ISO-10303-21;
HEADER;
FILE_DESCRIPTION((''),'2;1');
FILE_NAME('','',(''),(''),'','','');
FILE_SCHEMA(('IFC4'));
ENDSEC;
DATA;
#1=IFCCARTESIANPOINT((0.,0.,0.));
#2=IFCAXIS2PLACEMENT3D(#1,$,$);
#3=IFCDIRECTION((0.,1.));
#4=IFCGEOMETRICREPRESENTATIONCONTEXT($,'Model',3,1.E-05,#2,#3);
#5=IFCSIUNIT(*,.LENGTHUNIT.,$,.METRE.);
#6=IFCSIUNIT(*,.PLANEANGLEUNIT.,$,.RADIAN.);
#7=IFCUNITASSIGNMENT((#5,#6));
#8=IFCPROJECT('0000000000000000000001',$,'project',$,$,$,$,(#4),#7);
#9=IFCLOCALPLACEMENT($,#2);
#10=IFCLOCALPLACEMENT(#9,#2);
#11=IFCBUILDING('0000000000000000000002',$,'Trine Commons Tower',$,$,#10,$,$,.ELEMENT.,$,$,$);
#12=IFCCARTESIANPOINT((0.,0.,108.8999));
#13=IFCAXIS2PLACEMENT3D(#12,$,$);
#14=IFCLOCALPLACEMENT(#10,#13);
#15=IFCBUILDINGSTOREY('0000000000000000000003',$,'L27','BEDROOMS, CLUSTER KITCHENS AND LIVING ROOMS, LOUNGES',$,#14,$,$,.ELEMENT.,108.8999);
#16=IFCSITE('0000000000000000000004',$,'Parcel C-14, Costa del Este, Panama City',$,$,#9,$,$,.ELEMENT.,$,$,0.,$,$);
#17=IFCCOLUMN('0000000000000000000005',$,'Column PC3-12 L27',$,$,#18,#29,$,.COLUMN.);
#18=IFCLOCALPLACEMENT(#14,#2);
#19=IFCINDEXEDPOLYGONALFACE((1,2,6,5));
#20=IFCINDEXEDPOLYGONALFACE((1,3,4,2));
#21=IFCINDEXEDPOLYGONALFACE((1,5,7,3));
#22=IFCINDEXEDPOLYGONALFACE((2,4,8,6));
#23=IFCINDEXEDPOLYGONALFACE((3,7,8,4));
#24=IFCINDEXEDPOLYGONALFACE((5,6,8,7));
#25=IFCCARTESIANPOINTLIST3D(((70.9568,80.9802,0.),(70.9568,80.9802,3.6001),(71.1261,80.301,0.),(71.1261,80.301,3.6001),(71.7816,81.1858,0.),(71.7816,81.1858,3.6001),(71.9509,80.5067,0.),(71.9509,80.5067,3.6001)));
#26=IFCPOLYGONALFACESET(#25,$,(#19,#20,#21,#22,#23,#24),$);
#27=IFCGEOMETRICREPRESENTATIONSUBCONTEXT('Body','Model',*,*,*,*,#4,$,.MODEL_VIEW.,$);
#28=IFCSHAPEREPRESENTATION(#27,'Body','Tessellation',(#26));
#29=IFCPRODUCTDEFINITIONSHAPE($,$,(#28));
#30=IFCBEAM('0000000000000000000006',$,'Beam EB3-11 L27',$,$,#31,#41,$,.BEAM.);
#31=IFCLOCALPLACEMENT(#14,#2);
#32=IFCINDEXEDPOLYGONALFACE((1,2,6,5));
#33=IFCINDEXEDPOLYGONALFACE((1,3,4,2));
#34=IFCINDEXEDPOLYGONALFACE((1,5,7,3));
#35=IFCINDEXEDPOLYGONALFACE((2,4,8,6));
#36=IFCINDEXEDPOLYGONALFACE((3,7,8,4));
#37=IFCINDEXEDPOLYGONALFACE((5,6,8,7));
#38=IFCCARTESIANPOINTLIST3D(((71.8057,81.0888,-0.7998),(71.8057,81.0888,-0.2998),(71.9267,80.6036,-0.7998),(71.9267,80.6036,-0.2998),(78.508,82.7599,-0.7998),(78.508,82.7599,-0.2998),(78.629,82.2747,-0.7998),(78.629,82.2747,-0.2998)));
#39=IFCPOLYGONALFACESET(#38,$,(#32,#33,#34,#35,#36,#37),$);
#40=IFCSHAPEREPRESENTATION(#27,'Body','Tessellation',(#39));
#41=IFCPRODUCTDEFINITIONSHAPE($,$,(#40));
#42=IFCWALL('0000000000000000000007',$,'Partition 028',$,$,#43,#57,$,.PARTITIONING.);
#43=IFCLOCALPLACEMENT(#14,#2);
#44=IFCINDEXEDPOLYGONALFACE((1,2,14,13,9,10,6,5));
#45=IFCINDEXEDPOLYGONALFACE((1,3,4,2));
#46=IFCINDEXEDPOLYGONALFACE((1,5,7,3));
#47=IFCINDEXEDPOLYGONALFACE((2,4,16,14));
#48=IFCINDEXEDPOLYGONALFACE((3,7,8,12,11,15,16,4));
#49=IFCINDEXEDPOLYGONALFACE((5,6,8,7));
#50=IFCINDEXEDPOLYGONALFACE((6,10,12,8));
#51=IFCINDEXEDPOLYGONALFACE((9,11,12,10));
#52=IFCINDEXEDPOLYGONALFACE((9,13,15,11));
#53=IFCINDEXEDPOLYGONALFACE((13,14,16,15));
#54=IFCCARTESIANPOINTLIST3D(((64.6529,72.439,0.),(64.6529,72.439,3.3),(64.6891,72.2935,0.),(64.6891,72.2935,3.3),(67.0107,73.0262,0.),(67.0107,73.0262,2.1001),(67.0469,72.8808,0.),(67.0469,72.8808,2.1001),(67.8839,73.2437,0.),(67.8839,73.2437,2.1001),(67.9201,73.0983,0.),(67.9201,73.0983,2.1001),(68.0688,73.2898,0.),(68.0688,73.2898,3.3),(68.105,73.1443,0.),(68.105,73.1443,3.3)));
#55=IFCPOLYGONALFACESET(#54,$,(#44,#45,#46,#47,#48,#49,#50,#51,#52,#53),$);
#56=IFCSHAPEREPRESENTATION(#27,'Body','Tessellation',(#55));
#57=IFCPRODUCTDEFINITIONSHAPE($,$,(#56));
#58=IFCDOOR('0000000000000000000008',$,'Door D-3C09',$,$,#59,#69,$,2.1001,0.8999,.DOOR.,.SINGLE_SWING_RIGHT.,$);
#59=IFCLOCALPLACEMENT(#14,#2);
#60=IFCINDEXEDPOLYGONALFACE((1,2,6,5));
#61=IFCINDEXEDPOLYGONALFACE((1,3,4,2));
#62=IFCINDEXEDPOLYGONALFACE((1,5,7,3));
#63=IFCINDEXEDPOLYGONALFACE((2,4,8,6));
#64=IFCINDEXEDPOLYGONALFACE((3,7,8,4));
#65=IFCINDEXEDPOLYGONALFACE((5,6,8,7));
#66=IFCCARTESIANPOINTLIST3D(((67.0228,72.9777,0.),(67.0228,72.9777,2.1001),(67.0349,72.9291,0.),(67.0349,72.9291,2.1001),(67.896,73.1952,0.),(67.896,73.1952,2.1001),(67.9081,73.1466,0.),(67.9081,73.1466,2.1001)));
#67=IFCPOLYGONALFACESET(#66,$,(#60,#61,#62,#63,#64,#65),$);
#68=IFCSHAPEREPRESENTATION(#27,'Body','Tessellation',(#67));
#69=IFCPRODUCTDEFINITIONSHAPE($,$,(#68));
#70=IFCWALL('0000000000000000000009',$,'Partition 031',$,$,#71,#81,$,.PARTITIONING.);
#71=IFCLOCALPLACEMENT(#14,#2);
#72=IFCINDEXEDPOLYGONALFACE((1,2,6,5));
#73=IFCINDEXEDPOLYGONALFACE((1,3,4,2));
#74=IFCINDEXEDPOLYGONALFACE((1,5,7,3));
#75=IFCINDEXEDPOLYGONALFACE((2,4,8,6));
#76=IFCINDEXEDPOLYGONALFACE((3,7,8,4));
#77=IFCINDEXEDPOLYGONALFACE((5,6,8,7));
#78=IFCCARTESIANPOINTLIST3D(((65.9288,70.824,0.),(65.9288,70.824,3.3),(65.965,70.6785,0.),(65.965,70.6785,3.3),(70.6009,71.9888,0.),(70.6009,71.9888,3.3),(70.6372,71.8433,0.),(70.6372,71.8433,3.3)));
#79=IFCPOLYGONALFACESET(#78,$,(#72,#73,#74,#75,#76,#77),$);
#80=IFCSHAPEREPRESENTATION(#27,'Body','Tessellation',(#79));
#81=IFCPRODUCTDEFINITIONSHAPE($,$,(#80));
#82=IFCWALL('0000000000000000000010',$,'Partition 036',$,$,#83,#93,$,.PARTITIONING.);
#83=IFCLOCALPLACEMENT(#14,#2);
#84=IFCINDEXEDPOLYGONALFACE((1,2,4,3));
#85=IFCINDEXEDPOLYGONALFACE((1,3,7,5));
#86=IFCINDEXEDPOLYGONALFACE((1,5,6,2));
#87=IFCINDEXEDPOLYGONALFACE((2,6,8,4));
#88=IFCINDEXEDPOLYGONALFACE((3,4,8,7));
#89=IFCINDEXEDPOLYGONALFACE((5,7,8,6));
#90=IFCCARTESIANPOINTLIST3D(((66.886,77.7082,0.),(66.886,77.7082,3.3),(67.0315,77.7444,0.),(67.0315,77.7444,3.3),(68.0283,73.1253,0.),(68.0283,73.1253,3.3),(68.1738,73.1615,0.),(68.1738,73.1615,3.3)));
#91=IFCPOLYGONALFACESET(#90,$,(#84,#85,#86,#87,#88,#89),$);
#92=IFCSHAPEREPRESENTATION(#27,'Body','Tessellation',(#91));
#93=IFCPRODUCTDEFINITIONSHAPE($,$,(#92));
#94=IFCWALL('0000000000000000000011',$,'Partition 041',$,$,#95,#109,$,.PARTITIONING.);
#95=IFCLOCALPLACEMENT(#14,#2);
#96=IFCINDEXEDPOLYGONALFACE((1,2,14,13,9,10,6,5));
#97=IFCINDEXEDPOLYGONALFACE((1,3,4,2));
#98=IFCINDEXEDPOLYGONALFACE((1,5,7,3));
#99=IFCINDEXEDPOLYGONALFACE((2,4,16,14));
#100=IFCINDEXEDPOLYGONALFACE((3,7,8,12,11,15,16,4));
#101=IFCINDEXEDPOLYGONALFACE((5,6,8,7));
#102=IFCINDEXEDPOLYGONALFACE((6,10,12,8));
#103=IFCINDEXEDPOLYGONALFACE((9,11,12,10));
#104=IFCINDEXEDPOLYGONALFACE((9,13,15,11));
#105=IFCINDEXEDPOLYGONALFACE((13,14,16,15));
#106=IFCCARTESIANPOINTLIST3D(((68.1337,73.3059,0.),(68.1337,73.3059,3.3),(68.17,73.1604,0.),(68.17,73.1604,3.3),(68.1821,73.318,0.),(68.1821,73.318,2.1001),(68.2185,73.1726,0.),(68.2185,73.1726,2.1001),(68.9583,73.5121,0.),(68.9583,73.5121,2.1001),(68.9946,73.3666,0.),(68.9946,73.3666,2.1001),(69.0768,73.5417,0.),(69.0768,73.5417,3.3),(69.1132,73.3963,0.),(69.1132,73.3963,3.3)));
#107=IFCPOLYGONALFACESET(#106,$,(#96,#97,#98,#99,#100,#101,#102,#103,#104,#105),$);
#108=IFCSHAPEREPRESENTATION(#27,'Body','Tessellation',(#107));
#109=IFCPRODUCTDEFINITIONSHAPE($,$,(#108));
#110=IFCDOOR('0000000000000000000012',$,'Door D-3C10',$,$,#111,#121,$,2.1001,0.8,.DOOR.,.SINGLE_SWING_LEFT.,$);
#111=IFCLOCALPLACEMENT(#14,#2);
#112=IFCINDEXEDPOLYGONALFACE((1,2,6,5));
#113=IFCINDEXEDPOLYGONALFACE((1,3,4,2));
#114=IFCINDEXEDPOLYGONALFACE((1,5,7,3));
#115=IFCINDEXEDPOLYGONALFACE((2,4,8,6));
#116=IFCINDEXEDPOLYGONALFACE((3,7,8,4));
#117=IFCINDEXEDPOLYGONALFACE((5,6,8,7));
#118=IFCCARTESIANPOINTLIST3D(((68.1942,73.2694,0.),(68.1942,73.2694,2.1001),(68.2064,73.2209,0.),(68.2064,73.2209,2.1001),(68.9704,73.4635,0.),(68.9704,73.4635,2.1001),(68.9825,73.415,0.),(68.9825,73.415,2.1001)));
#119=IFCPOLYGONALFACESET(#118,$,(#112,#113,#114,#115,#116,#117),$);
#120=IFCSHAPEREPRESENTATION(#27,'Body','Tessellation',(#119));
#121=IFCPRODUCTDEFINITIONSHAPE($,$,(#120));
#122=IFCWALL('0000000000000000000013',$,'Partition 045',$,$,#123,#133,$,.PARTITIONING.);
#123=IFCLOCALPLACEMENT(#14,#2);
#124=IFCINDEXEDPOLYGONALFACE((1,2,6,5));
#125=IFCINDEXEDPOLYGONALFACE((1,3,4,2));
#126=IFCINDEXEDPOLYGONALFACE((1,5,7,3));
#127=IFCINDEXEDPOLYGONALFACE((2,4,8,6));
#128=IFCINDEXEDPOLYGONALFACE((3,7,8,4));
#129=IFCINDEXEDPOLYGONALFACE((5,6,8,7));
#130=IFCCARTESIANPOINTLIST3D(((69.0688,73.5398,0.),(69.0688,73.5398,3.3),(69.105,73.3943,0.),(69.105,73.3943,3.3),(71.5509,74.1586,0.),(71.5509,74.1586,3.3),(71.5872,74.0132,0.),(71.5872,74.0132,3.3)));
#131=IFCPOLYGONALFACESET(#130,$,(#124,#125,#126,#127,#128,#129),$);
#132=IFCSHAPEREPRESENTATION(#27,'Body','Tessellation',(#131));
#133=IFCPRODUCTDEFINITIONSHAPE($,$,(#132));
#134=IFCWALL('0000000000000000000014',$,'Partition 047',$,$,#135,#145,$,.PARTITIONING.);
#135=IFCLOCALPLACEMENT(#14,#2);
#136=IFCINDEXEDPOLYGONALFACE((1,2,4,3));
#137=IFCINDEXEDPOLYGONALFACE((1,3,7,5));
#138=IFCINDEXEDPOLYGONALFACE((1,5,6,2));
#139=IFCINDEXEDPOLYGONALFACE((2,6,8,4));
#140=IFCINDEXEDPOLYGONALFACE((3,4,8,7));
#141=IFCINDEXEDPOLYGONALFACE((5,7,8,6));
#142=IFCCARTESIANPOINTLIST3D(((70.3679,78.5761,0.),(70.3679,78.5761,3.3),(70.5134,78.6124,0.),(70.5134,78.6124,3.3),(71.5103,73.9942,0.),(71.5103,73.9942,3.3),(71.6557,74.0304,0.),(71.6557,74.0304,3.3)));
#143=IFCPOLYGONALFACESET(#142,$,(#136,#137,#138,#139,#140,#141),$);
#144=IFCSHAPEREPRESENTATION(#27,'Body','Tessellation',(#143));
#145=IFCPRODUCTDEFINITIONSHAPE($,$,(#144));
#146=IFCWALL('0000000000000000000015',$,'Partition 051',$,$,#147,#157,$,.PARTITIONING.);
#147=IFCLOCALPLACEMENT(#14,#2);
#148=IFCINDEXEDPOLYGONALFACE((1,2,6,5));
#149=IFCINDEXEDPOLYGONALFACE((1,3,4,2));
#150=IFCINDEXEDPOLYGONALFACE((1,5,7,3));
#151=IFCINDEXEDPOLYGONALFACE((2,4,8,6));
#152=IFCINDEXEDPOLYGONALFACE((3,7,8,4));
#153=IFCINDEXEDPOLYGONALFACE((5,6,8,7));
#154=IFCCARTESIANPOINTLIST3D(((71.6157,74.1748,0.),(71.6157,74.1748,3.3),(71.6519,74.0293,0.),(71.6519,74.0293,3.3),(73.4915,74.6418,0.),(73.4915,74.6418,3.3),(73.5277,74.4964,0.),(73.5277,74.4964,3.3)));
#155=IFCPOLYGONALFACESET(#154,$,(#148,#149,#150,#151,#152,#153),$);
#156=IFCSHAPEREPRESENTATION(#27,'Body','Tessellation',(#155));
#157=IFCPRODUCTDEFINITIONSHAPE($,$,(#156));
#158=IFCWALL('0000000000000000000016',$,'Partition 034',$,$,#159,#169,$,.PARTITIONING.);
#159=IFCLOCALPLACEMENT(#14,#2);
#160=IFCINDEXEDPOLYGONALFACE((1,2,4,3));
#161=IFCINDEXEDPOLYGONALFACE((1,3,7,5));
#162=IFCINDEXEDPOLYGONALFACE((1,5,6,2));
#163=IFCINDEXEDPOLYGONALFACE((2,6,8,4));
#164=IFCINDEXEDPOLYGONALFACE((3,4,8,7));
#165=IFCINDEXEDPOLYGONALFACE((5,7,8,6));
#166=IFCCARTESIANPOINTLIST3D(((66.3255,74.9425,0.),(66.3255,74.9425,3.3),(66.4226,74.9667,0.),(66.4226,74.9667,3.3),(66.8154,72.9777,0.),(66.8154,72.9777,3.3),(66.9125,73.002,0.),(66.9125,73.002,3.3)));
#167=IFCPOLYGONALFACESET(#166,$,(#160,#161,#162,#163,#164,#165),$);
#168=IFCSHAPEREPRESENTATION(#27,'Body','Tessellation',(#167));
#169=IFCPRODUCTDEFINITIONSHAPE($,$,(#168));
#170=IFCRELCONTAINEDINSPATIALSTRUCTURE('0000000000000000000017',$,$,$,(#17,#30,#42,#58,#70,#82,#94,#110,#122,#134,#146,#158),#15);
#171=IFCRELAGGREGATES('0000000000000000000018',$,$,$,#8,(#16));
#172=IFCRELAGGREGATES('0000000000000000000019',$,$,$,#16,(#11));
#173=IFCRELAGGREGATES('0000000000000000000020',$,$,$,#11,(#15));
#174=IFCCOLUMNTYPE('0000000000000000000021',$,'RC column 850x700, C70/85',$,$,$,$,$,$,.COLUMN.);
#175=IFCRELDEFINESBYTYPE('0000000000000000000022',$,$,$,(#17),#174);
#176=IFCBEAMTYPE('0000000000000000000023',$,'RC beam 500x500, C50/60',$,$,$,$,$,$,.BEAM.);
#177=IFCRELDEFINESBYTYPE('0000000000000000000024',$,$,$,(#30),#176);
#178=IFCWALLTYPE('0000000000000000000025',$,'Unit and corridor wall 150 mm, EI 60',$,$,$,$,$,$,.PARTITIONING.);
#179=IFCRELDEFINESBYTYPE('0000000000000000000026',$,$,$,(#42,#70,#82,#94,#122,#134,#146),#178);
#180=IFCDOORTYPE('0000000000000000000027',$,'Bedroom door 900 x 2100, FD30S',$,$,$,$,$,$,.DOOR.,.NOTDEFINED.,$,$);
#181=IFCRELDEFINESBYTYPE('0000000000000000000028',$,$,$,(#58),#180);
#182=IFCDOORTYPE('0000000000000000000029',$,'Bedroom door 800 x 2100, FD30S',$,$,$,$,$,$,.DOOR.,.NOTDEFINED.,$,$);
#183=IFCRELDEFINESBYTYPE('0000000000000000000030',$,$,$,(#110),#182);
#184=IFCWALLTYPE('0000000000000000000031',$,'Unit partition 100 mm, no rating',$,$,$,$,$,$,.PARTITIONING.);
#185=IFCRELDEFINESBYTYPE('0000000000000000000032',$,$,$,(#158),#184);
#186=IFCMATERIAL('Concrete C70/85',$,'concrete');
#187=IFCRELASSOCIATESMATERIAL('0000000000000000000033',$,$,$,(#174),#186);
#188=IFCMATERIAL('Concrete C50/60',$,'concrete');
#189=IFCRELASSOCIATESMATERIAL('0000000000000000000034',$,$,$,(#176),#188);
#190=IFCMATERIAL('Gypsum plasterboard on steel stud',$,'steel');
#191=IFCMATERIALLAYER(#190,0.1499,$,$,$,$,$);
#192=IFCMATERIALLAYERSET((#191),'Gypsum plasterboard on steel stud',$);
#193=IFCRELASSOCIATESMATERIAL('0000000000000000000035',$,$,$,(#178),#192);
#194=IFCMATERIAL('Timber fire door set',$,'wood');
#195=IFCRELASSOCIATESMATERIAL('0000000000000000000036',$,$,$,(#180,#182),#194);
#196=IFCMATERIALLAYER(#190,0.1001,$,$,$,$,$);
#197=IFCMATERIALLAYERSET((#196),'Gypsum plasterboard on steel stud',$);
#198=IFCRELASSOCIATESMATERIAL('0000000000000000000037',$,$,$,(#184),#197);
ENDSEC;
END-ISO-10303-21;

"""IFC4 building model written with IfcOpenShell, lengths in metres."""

from ifc_helpers import new_model, si_unit, direction, frame, frame_2d, origin, origin_2d, place, context, subcontext, project, spatial, rectangle, extrude, material, layer, layer_set, material_profile, profile_set, type_object, element, fill, save


model = new_model("IFC4")

# Units and contexts
model_context = context("Model", 3, precision=1e-05, world=origin(), true_north=direction((0.0, 1.0)))
body_context = subcontext(model_context, "Body", "Model", "MODEL_VIEW")
ifc_project = project(units=[si_unit("LENGTHUNIT", "METRE"), si_unit("PLANEANGLEUNIT", "RADIAN")], contexts=[model_context])

# Site, building, storey
site_placement = place(None, origin())
site = spatial("IfcSite", under=ifc_project, at=site_placement, Name="Parcel C-14, Costa del Este, Panama City", CompositionType="ELEMENT", RefElevation=0.0)
building_placement = place(site_placement, origin())
building = spatial("IfcBuilding", under=site, at=building_placement, Name="Trine Commons Tower", CompositionType="ELEMENT")
storey_placement = place(building_placement, frame((0.0, 0.0, 108.8999)))
storey = spatial("IfcBuildingStorey", under=building, at=storey_placement, Name="L27", Description="BEDROOMS, CLUSTER KITCHENS AND LIVING ROOMS, LOUNGES", CompositionType="ELEMENT", Elevation=108.8999)

# Column
ifc_material_1 = material(Name="Concrete C70/85", Category="concrete")
ifc_material_profile_1 = material_profile(ifc_material_1, rectangle(XDim=0.8501, YDim=0.7, at=origin_2d()), Name="RC 850x700")
ifc_profile_set_1 = profile_set([ifc_material_profile_1], Name="Concrete C70/85")
column_type = type_object("IfcColumnType", Name="RC column 850x700, C70/85", PredefinedType="COLUMN", material=ifc_profile_set_1)
column_placement = place(storey_placement, frame((71.4539, 80.7434, 0.0), z_axis=(0.0, 0.0, 1.0), x_axis=(0.970296, 0.241922, 0.0)))
element("IfcColumn", 1, at=column_placement, inside=storey, type_object=column_type, Name="Column PC3-12 L27", PredefinedType="COLUMN", context=body_context, shape_type="SweptSolid", body=[
    extrude(rectangle(XDim=0.8501, YDim=0.7, at=origin_2d()), origin(), (0.0, 0.0, 1.0), 3.6001),
])

# Beam
ifc_material_2 = material(Name="Concrete C50/60", Category="concrete")
ifc_material_profile_2 = material_profile(ifc_material_2, rectangle(XDim=0.5, YDim=0.5, at=origin_2d()), Name="RC 500x500")
ifc_profile_set_2 = profile_set([ifc_material_profile_2], Name="Concrete C50/60")
beam_type = type_object("IfcBeamType", Name="RC beam 500x500, C50/60", PredefinedType="BEAM", material=ifc_profile_set_2)
beam_placement = place(storey_placement, frame((71.8662, 80.8462, -0.5498), z_axis=(0.970294, 0.241928, 0.0), x_axis=(-0.241928, 0.970294, 0.0)))
element("IfcBeam", 2, at=beam_placement, inside=storey, type_object=beam_type, Name="Beam EB3-11 L27", PredefinedType="BEAM", context=body_context, shape_type="SweptSolid", body=[
    extrude(rectangle(XDim=0.5, YDim=0.5, at=origin_2d()), origin(), (0.0, 0.0, 1.0), 6.9075),
])

# Wall, opening, door
ifc_material_3 = material(Name="Gypsum plasterboard on steel stud", Category="steel")
ifc_layer_1 = layer(ifc_material_3, 0.1499)
ifc_layer_set_1 = layer_set([ifc_layer_1], Name="Gypsum plasterboard on steel stud")
wall_type_1 = type_object("IfcWallType", Name="Unit and corridor wall 150 mm, EI 60", PredefinedType="PARTITIONING", material=ifc_layer_set_1)
wall_1_placement = place(storey_placement, frame((64.6709, 72.3662, 0.0), z_axis=(0.0, 0.0, 1.0), x_axis=(0.970354, 0.241687, 0.0)))
wall_1 = element("IfcWall", 3, at=wall_1_placement, inside=storey, type_object=wall_type_1, Name="Partition 028", PredefinedType="PARTITIONING", context=body_context, shape_type="SweptSolid", body=[
    extrude(rectangle(XDim=3.5203, YDim=0.1499, at=frame_2d((1.7603, 0.0))), origin(), (0.0, 0.0, 1.0), 3.3),
])
opening_1_placement = place(wall_1_placement, frame((2.4299, 0.0, 0.0)))
opening_1 = element("IfcOpeningElement", 4, at=opening_1_placement, cuts=wall_1, PredefinedType="OPENING", context=body_context, shape_type="SweptSolid", body=[
    extrude(rectangle(XDim=0.8999, YDim=2.1001, at=frame_2d((0.45, 1.05))), frame((0.0, 0.085, 0.0), z_axis=(0.0, -1.0, 0.0), x_axis=(1.0, 0.0, 0.0)), (0.0, 0.0, 1.0), 0.1699),
])
ifc_material_4 = material(Name="Timber fire door set", Category="wood")
door_type_1 = type_object("IfcDoorType", Name="Bedroom door 900 x 2100, FD30S", OperationType="NOTDEFINED", PredefinedType="DOOR", material=ifc_material_4)
door_1_placement = place(opening_1_placement, origin())
door_1 = element("IfcDoor", 5, at=door_1_placement, inside=storey, type_object=door_type_1, Name="Door D-3C09", OperationType="SINGLE_SWING_RIGHT", OverallHeight=2.1001, OverallWidth=0.8999, PredefinedType="DOOR", context=body_context, shape_type="SweptSolid", body=[
    extrude(rectangle(XDim=0.8999, YDim=2.1001, at=frame_2d((0.45, 1.05))), frame((0.0, 0.0249, 0.0), z_axis=(0.0, -1.0, 0.0), x_axis=(1.0, 0.0, 0.0)), (0.0, 0.0, 1.0), 0.05),
])
fill(opening_1, door_1)

# Walls
wall_2_placement = place(storey_placement, frame((65.9468, 70.7512, 0.0), z_axis=(0.0, 0.0, 1.0), x_axis=(0.9703, 0.241903, 0.0)))
element("IfcWall", 6, at=wall_2_placement, inside=storey, type_object=wall_type_1, Name="Partition 031", PredefinedType="PARTITIONING", context=body_context, shape_type="SweptSolid", body=[
    extrude(rectangle(XDim=4.8152, YDim=0.1499, at=frame_2d((2.4077, 0.0))), origin(), (0.0, 0.0, 1.0), 3.3),
])
wall_3_placement = place(storey_placement, frame((66.9587, 77.7263, 0.0), z_axis=(0.0, 0.0, 1.0), x_axis=(0.241854, -0.970313, 0.0)))
element("IfcWall", 7, at=wall_3_placement, inside=storey, type_object=wall_type_1, Name="Partition 036", PredefinedType="PARTITIONING", context=body_context, shape_type="SweptSolid", body=[
    extrude(rectangle(XDim=4.7231, YDim=0.1499, at=frame_2d((2.3616, 0.0))), origin(), (0.0, 0.0, 1.0), 3.3),
])

# Wall, opening, door
wall_4_placement = place(storey_placement, frame((68.1519, 73.2332, 0.0), z_axis=(0.0, 0.0, 1.0), x_axis=(0.970128, 0.242595, 0.0)))
wall_4 = element("IfcWall", 8, at=wall_4_placement, inside=storey, type_object=wall_type_1, Name="Partition 041", PredefinedType="PARTITIONING", context=body_context, shape_type="SweptSolid", body=[
    extrude(rectangle(XDim=0.9722, YDim=0.1499, at=frame_2d((0.4861, 0.0))), origin(), (0.0, 0.0, 1.0), 3.3),
])
opening_2_placement = place(wall_4_placement, frame((0.05, 0.0, 0.0)))
opening_2 = element("IfcOpeningElement", 9, at=opening_2_placement, cuts=wall_4, PredefinedType="OPENING", context=body_context, shape_type="SweptSolid", body=[
    extrude(rectangle(XDim=0.8, YDim=2.1001, at=frame_2d((0.3999, 1.05))), frame((0.0, 0.085, 0.0), z_axis=(0.0, -1.0, 0.0), x_axis=(1.0, 0.0, 0.0)), (0.0, 0.0, 1.0), 0.1699),
])
door_type_2 = type_object("IfcDoorType", Name="Bedroom door 800 x 2100, FD30S", OperationType="NOTDEFINED", PredefinedType="DOOR", material=ifc_material_4)
door_2_placement = place(opening_2_placement, origin())
door_2 = element("IfcDoor", 10, at=door_2_placement, inside=storey, type_object=door_type_2, Name="Door D-3C10", OperationType="SINGLE_SWING_LEFT", OverallHeight=2.1001, OverallWidth=0.8, PredefinedType="DOOR", context=body_context, shape_type="SweptSolid", body=[
    extrude(rectangle(XDim=0.8, YDim=2.1001, at=frame_2d((0.3999, 1.05))), frame((0.0, 0.0249, 0.0), z_axis=(0.0, -1.0, 0.0), x_axis=(1.0, 0.0, 0.0)), (0.0, 0.0, 1.0), 0.05),
])
fill(opening_2, door_2)

# Walls
wall_5_placement = place(storey_placement, frame((69.0869, 73.467, 0.0), z_axis=(0.0, 0.0, 1.0), x_axis=(0.970294, 0.241929, 0.0)))
element("IfcWall", 11, at=wall_5_placement, inside=storey, type_object=wall_type_1, Name="Partition 045", PredefinedType="PARTITIONING", context=body_context, shape_type="SweptSolid", body=[
    extrude(rectangle(XDim=2.5581, YDim=0.1499, at=frame_2d((1.2791, 0.0))), origin(), (0.0, 0.0, 1.0), 3.3),
])
wall_6_placement = place(storey_placement, frame((70.4407, 78.5942, 0.0), z_axis=(0.0, 0.0, 1.0), x_axis=(0.241903, -0.9703, 0.0)))
element("IfcWall", 12, at=wall_6_placement, inside=storey, type_object=wall_type_1, Name="Partition 047", PredefinedType="PARTITIONING", context=body_context, shape_type="SweptSolid", body=[
    extrude(rectangle(XDim=4.7222, YDim=0.1499, at=frame_2d((2.3611, 0.0))), origin(), (0.0, 0.0, 1.0), 3.3),
])
wall_7_placement = place(storey_placement, frame((71.6338, 74.1021, 0.0), z_axis=(0.0, 0.0, 1.0), x_axis=(0.970372, 0.241614, 0.0)))
element("IfcWall", 13, at=wall_7_placement, inside=storey, type_object=wall_type_1, Name="Partition 051", PredefinedType="PARTITIONING", context=body_context, shape_type="SweptSolid", body=[
    extrude(rectangle(XDim=1.9331, YDim=0.1499, at=frame_2d((0.9666, 0.0))), origin(), (0.0, 0.0, 1.0), 3.3),
])
ifc_layer_2 = layer(ifc_material_3, 0.1001)
ifc_layer_set_2 = layer_set([ifc_layer_2], Name="Gypsum plasterboard on steel stud")
wall_type_2 = type_object("IfcWallType", Name="Unit partition 100 mm, no rating", PredefinedType="PARTITIONING", material=ifc_layer_set_2)
wall_8_placement = place(storey_placement, frame((66.374, 74.9546, 0.0), z_axis=(0.0, 0.0, 1.0), x_axis=(0.241968, -0.970284, 0.0)))
element("IfcWall", 14, at=wall_8_placement, inside=storey, type_object=wall_type_2, Name="Partition 034", PredefinedType="PARTITIONING", context=body_context, shape_type="SweptSolid", body=[
    extrude(rectangle(XDim=2.0249, YDim=0.1001, at=frame_2d((1.0125, 0.0))), origin(), (0.0, 0.0, 1.0), 3.3),
])

save(model, "model.ifc")
